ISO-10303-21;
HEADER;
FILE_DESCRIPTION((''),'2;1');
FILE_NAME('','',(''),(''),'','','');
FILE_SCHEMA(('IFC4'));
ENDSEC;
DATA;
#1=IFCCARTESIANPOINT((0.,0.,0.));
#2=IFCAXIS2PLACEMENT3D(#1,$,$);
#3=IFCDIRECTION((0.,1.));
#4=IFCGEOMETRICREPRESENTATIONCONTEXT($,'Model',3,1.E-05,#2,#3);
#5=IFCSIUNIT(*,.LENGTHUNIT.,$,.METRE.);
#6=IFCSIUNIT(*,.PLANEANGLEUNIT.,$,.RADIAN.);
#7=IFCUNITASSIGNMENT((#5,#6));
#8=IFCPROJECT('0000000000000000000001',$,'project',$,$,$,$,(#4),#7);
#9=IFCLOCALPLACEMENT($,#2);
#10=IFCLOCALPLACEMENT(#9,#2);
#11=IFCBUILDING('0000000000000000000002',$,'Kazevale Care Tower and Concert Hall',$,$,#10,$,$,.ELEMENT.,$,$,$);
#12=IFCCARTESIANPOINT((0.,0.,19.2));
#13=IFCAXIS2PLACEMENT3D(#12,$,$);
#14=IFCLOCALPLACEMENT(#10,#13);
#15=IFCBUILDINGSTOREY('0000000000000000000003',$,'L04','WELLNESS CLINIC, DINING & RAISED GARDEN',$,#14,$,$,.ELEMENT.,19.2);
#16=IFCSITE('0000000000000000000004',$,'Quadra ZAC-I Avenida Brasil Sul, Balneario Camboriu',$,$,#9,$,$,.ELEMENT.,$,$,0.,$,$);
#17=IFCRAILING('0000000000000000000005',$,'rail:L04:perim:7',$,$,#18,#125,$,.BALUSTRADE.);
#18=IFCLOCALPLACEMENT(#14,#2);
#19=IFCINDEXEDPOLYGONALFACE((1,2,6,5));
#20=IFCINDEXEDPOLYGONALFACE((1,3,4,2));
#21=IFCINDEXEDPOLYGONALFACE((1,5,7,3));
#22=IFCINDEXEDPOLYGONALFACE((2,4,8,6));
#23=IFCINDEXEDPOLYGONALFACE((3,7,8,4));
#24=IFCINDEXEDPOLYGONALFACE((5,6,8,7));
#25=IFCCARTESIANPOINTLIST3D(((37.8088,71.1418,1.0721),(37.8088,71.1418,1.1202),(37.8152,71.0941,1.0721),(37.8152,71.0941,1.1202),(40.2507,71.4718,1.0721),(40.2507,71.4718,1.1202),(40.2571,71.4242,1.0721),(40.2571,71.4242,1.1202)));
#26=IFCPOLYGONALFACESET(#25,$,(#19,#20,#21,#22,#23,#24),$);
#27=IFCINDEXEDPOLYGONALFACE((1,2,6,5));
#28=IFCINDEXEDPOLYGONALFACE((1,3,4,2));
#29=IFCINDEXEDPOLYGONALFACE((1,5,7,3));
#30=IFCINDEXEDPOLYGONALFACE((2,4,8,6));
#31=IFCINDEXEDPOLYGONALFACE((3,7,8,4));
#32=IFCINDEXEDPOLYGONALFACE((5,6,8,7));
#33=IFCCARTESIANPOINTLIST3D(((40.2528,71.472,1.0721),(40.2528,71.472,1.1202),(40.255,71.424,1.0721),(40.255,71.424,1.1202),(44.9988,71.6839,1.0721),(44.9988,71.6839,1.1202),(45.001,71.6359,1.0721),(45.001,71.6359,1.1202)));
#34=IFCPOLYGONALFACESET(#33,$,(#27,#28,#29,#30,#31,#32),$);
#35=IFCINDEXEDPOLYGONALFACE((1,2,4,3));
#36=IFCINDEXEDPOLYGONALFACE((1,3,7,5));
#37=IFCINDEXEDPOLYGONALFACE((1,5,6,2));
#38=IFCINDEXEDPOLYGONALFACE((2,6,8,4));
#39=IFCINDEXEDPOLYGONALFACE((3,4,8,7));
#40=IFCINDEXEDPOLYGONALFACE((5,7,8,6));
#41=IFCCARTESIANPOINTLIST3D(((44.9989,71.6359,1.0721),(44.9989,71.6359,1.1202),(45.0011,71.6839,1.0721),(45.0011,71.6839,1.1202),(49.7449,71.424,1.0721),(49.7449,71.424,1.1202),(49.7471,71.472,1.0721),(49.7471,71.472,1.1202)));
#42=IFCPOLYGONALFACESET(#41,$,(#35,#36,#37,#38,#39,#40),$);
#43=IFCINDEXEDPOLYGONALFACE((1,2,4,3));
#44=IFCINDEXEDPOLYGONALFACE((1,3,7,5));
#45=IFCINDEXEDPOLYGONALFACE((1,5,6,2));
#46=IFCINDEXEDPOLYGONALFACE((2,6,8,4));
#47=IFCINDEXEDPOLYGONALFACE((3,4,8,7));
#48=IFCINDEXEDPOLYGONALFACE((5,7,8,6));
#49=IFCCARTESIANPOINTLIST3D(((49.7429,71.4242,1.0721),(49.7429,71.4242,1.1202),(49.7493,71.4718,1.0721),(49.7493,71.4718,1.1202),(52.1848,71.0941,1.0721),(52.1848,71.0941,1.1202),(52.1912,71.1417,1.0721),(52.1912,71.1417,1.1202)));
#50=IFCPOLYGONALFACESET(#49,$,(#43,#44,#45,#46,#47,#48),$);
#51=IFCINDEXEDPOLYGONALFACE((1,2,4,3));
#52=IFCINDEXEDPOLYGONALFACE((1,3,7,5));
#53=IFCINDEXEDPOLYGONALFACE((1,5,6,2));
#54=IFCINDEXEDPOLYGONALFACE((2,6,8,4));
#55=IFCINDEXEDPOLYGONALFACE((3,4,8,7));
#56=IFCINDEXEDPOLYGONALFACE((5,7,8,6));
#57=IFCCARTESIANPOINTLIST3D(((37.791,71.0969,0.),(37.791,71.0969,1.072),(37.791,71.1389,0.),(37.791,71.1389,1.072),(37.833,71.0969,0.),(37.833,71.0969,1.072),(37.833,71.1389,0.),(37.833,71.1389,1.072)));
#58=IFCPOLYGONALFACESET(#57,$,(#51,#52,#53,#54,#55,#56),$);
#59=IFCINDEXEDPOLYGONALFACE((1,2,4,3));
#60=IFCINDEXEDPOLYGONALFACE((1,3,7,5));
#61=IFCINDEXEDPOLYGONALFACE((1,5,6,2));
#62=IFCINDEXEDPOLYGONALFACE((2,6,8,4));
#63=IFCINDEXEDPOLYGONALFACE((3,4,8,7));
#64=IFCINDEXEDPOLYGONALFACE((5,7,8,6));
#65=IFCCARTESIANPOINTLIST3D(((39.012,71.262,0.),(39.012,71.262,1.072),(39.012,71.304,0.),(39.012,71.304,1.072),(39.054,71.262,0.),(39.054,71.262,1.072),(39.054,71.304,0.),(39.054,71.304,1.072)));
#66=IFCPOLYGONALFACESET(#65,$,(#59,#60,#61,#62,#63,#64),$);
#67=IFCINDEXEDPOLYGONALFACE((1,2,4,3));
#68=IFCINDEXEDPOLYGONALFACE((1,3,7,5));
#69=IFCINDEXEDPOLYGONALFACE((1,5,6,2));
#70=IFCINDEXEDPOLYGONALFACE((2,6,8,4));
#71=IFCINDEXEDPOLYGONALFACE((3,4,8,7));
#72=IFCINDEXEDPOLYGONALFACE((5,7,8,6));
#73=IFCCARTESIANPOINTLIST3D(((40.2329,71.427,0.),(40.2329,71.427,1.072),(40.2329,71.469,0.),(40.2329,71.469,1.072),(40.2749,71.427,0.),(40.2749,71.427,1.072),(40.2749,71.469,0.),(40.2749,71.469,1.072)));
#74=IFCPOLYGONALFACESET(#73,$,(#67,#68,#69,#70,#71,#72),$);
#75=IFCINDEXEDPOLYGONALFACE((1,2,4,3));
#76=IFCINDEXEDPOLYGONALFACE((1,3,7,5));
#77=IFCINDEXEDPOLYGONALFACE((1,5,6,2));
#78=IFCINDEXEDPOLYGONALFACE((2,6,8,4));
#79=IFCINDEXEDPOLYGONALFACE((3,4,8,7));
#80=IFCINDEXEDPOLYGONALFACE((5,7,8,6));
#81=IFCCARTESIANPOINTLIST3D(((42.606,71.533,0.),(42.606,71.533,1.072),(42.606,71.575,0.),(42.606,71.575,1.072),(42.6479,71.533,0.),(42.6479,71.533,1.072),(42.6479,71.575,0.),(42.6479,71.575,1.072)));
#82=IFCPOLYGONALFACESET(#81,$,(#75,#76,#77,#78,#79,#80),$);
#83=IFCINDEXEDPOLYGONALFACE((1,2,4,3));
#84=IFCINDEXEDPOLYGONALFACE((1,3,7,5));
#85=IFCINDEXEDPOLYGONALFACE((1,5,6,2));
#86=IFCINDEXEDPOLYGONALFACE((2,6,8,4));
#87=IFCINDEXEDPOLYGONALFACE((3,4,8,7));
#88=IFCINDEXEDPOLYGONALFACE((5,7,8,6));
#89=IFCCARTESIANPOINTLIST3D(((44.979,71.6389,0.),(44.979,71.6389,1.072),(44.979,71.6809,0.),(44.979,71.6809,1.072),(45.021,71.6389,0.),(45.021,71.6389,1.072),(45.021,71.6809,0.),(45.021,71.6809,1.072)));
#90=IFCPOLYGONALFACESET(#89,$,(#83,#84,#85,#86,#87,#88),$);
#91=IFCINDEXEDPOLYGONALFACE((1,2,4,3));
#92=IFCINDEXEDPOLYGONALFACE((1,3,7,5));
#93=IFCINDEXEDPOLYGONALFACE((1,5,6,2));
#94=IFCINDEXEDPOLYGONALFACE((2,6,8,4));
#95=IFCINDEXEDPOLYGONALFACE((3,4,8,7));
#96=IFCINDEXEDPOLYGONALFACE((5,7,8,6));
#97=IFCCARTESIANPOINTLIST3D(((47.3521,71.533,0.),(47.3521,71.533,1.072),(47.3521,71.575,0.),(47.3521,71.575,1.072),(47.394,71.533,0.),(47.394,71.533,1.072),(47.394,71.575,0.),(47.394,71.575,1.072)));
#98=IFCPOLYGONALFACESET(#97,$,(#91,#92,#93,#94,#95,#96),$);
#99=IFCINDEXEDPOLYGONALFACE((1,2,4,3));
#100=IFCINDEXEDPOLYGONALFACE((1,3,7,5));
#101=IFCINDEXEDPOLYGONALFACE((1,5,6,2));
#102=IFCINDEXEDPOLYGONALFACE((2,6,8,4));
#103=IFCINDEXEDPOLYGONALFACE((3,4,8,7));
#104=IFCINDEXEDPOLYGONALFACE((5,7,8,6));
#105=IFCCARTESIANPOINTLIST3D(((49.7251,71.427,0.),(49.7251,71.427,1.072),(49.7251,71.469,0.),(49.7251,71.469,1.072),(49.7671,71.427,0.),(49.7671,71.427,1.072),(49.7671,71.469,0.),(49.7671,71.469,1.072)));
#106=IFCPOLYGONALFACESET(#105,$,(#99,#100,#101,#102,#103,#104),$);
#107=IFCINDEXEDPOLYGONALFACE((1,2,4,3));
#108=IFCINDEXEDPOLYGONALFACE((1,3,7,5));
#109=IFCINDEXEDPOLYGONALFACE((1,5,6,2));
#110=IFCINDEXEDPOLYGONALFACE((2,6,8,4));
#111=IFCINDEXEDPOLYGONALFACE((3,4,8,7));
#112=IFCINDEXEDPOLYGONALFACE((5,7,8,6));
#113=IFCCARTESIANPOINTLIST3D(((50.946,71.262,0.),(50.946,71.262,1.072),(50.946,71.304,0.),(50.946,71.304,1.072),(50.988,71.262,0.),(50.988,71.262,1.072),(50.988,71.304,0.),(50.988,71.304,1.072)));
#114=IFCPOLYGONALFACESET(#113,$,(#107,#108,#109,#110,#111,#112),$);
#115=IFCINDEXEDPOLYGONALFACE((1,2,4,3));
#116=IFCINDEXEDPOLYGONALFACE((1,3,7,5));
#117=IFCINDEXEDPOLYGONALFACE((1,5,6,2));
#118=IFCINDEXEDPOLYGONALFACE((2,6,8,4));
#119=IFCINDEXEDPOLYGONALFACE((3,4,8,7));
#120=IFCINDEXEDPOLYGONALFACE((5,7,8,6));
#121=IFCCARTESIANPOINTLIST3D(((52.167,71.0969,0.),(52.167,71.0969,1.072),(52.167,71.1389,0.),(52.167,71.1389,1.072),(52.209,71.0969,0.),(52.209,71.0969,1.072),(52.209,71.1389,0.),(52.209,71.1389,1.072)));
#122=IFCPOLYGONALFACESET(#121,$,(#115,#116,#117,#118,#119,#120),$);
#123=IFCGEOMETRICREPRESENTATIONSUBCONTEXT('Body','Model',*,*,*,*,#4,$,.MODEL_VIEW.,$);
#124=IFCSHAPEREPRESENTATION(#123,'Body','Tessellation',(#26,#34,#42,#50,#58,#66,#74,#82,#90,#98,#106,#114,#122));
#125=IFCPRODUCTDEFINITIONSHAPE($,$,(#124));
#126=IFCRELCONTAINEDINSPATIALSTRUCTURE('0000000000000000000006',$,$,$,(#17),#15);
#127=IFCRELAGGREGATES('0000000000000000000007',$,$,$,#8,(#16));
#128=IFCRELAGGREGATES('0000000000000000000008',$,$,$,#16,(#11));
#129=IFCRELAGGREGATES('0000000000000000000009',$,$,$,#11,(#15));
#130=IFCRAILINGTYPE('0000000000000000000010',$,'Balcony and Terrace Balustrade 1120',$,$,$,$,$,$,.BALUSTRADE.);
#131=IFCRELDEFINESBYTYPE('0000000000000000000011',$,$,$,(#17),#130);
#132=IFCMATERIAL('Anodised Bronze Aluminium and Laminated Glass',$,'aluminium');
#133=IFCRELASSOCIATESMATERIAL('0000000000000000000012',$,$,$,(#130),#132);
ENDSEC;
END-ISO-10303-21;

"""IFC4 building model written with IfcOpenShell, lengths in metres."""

from ifc_helpers import new_model, si_unit, direction, frame, origin, origin_2d, place, context, subcontext, project, spatial, rectangle, extrude, material, type_object, element, save


model = new_model("IFC4")

# Units and contexts
model_context = context("Model", 3, precision=1e-05, world=origin(), true_north=direction((0.0, 1.0)))
body_context = subcontext(model_context, "Body", "Model", "MODEL_VIEW")
ifc_project = project(units=[si_unit("LENGTHUNIT", "METRE"), si_unit("PLANEANGLEUNIT", "RADIAN")], contexts=[model_context])

# Site, building, storey
site_placement = place(None, origin())
site = spatial("IfcSite", under=ifc_project, at=site_placement, Name="Quadra ZAC-I Avenida Brasil Sul, Balneario Camboriu", CompositionType="ELEMENT", RefElevation=0.0)
building_placement = place(site_placement, origin())
building = spatial("IfcBuilding", under=site, at=building_placement, Name="Kazevale Care Tower and Concert Hall", CompositionType="ELEMENT")
storey_placement = place(building_placement, frame((0.0, 0.0, 19.2)))
storey = spatial("IfcBuildingStorey", under=building, at=storey_placement, Name="L04", Description="WELLNESS CLINIC, DINING & RAISED GARDEN", CompositionType="ELEMENT", Elevation=19.2)

# Railing
ifc_material_1 = material(Name="Anodised Bronze Aluminium and Laminated Glass", Category="aluminium")
railing_type = type_object("IfcRailingType", Name="Balcony and Terrace Balustrade 1120", PredefinedType="BALUSTRADE", material=ifc_material_1)
railing_placement = place(storey_placement, frame((37.812, 71.1179, 0.0)))
element("IfcRailing", 1, at=railing_placement, inside=storey, type_object=railing_type, Name="rail:L04:perim:7", PredefinedType="BALUSTRADE", context=body_context, shape_type="SweptSolid", body=[
    extrude(rectangle(XDim=0.0481, YDim=0.0481, at=origin_2d()), frame((0.0, 0.0, 1.0962), z_axis=(0.990987, 0.133955, 0.0), x_axis=(-0.133955, 0.990987, 0.0)), (0.0, 0.0, 1.0), 2.4641),
    extrude(rectangle(XDim=0.0481, YDim=0.0481, at=origin_2d()), frame((2.4419, 0.3301, 1.0962), z_axis=(0.999005, 0.044606, 0.0), x_axis=(-0.044606, 0.999005, 0.0)), (0.0, 0.0, 1.0), 4.7507),
    extrude(rectangle(XDim=0.0481, YDim=0.0481, at=origin_2d()), frame((7.188, 0.542, 1.0962), z_axis=(0.999005, -0.044606, 0.0), x_axis=(0.044606, 0.999005, 0.0)), (0.0, 0.0, 1.0), 4.7507),
    extrude(rectangle(XDim=0.0481, YDim=0.0481, at=origin_2d()), frame((11.9341, 0.3301, 1.0962), z_axis=(0.990987, -0.133955, 0.0), x_axis=(0.133955, 0.990987, 0.0)), (0.0, 0.0, 1.0), 2.4641),
    extrude(rectangle(XDim=0.042, YDim=0.042, at=origin_2d()), origin(), (0.0, 0.0, 1.0), 1.072),
    extrude(rectangle(XDim=0.042, YDim=0.042, at=origin_2d()), frame((1.2209, 0.165, 0.0)), (0.0, 0.0, 1.0), 1.072),
    extrude(rectangle(XDim=0.042, YDim=0.042, at=origin_2d()), frame((2.4419, 0.3301, 0.0)), (0.0, 0.0, 1.0), 1.072),
    extrude(rectangle(XDim=0.042, YDim=0.042, at=origin_2d()), frame((4.8149, 0.436, 0.0)), (0.0, 0.0, 1.0), 1.072),
    extrude(rectangle(XDim=0.042, YDim=0.042, at=origin_2d()), frame((7.188, 0.542, 0.0)), (0.0, 0.0, 1.0), 1.072),
    extrude(rectangle(XDim=0.042, YDim=0.042, at=origin_2d()), frame((9.561, 0.436, 0.0)), (0.0, 0.0, 1.0), 1.072),
    extrude(rectangle(XDim=0.042, YDim=0.042, at=origin_2d()), frame((11.9341, 0.3301, 0.0)), (0.0, 0.0, 1.0), 1.072),
    extrude(rectangle(XDim=0.042, YDim=0.042, at=origin_2d()), frame((13.155, 0.165, 0.0)), (0.0, 0.0, 1.0), 1.072),
    extrude(rectangle(XDim=0.042, YDim=0.042, at=origin_2d()), frame((14.376, 0.0, 0.0)), (0.0, 0.0, 1.0), 1.072),
])

save(model, "model.ifc")
